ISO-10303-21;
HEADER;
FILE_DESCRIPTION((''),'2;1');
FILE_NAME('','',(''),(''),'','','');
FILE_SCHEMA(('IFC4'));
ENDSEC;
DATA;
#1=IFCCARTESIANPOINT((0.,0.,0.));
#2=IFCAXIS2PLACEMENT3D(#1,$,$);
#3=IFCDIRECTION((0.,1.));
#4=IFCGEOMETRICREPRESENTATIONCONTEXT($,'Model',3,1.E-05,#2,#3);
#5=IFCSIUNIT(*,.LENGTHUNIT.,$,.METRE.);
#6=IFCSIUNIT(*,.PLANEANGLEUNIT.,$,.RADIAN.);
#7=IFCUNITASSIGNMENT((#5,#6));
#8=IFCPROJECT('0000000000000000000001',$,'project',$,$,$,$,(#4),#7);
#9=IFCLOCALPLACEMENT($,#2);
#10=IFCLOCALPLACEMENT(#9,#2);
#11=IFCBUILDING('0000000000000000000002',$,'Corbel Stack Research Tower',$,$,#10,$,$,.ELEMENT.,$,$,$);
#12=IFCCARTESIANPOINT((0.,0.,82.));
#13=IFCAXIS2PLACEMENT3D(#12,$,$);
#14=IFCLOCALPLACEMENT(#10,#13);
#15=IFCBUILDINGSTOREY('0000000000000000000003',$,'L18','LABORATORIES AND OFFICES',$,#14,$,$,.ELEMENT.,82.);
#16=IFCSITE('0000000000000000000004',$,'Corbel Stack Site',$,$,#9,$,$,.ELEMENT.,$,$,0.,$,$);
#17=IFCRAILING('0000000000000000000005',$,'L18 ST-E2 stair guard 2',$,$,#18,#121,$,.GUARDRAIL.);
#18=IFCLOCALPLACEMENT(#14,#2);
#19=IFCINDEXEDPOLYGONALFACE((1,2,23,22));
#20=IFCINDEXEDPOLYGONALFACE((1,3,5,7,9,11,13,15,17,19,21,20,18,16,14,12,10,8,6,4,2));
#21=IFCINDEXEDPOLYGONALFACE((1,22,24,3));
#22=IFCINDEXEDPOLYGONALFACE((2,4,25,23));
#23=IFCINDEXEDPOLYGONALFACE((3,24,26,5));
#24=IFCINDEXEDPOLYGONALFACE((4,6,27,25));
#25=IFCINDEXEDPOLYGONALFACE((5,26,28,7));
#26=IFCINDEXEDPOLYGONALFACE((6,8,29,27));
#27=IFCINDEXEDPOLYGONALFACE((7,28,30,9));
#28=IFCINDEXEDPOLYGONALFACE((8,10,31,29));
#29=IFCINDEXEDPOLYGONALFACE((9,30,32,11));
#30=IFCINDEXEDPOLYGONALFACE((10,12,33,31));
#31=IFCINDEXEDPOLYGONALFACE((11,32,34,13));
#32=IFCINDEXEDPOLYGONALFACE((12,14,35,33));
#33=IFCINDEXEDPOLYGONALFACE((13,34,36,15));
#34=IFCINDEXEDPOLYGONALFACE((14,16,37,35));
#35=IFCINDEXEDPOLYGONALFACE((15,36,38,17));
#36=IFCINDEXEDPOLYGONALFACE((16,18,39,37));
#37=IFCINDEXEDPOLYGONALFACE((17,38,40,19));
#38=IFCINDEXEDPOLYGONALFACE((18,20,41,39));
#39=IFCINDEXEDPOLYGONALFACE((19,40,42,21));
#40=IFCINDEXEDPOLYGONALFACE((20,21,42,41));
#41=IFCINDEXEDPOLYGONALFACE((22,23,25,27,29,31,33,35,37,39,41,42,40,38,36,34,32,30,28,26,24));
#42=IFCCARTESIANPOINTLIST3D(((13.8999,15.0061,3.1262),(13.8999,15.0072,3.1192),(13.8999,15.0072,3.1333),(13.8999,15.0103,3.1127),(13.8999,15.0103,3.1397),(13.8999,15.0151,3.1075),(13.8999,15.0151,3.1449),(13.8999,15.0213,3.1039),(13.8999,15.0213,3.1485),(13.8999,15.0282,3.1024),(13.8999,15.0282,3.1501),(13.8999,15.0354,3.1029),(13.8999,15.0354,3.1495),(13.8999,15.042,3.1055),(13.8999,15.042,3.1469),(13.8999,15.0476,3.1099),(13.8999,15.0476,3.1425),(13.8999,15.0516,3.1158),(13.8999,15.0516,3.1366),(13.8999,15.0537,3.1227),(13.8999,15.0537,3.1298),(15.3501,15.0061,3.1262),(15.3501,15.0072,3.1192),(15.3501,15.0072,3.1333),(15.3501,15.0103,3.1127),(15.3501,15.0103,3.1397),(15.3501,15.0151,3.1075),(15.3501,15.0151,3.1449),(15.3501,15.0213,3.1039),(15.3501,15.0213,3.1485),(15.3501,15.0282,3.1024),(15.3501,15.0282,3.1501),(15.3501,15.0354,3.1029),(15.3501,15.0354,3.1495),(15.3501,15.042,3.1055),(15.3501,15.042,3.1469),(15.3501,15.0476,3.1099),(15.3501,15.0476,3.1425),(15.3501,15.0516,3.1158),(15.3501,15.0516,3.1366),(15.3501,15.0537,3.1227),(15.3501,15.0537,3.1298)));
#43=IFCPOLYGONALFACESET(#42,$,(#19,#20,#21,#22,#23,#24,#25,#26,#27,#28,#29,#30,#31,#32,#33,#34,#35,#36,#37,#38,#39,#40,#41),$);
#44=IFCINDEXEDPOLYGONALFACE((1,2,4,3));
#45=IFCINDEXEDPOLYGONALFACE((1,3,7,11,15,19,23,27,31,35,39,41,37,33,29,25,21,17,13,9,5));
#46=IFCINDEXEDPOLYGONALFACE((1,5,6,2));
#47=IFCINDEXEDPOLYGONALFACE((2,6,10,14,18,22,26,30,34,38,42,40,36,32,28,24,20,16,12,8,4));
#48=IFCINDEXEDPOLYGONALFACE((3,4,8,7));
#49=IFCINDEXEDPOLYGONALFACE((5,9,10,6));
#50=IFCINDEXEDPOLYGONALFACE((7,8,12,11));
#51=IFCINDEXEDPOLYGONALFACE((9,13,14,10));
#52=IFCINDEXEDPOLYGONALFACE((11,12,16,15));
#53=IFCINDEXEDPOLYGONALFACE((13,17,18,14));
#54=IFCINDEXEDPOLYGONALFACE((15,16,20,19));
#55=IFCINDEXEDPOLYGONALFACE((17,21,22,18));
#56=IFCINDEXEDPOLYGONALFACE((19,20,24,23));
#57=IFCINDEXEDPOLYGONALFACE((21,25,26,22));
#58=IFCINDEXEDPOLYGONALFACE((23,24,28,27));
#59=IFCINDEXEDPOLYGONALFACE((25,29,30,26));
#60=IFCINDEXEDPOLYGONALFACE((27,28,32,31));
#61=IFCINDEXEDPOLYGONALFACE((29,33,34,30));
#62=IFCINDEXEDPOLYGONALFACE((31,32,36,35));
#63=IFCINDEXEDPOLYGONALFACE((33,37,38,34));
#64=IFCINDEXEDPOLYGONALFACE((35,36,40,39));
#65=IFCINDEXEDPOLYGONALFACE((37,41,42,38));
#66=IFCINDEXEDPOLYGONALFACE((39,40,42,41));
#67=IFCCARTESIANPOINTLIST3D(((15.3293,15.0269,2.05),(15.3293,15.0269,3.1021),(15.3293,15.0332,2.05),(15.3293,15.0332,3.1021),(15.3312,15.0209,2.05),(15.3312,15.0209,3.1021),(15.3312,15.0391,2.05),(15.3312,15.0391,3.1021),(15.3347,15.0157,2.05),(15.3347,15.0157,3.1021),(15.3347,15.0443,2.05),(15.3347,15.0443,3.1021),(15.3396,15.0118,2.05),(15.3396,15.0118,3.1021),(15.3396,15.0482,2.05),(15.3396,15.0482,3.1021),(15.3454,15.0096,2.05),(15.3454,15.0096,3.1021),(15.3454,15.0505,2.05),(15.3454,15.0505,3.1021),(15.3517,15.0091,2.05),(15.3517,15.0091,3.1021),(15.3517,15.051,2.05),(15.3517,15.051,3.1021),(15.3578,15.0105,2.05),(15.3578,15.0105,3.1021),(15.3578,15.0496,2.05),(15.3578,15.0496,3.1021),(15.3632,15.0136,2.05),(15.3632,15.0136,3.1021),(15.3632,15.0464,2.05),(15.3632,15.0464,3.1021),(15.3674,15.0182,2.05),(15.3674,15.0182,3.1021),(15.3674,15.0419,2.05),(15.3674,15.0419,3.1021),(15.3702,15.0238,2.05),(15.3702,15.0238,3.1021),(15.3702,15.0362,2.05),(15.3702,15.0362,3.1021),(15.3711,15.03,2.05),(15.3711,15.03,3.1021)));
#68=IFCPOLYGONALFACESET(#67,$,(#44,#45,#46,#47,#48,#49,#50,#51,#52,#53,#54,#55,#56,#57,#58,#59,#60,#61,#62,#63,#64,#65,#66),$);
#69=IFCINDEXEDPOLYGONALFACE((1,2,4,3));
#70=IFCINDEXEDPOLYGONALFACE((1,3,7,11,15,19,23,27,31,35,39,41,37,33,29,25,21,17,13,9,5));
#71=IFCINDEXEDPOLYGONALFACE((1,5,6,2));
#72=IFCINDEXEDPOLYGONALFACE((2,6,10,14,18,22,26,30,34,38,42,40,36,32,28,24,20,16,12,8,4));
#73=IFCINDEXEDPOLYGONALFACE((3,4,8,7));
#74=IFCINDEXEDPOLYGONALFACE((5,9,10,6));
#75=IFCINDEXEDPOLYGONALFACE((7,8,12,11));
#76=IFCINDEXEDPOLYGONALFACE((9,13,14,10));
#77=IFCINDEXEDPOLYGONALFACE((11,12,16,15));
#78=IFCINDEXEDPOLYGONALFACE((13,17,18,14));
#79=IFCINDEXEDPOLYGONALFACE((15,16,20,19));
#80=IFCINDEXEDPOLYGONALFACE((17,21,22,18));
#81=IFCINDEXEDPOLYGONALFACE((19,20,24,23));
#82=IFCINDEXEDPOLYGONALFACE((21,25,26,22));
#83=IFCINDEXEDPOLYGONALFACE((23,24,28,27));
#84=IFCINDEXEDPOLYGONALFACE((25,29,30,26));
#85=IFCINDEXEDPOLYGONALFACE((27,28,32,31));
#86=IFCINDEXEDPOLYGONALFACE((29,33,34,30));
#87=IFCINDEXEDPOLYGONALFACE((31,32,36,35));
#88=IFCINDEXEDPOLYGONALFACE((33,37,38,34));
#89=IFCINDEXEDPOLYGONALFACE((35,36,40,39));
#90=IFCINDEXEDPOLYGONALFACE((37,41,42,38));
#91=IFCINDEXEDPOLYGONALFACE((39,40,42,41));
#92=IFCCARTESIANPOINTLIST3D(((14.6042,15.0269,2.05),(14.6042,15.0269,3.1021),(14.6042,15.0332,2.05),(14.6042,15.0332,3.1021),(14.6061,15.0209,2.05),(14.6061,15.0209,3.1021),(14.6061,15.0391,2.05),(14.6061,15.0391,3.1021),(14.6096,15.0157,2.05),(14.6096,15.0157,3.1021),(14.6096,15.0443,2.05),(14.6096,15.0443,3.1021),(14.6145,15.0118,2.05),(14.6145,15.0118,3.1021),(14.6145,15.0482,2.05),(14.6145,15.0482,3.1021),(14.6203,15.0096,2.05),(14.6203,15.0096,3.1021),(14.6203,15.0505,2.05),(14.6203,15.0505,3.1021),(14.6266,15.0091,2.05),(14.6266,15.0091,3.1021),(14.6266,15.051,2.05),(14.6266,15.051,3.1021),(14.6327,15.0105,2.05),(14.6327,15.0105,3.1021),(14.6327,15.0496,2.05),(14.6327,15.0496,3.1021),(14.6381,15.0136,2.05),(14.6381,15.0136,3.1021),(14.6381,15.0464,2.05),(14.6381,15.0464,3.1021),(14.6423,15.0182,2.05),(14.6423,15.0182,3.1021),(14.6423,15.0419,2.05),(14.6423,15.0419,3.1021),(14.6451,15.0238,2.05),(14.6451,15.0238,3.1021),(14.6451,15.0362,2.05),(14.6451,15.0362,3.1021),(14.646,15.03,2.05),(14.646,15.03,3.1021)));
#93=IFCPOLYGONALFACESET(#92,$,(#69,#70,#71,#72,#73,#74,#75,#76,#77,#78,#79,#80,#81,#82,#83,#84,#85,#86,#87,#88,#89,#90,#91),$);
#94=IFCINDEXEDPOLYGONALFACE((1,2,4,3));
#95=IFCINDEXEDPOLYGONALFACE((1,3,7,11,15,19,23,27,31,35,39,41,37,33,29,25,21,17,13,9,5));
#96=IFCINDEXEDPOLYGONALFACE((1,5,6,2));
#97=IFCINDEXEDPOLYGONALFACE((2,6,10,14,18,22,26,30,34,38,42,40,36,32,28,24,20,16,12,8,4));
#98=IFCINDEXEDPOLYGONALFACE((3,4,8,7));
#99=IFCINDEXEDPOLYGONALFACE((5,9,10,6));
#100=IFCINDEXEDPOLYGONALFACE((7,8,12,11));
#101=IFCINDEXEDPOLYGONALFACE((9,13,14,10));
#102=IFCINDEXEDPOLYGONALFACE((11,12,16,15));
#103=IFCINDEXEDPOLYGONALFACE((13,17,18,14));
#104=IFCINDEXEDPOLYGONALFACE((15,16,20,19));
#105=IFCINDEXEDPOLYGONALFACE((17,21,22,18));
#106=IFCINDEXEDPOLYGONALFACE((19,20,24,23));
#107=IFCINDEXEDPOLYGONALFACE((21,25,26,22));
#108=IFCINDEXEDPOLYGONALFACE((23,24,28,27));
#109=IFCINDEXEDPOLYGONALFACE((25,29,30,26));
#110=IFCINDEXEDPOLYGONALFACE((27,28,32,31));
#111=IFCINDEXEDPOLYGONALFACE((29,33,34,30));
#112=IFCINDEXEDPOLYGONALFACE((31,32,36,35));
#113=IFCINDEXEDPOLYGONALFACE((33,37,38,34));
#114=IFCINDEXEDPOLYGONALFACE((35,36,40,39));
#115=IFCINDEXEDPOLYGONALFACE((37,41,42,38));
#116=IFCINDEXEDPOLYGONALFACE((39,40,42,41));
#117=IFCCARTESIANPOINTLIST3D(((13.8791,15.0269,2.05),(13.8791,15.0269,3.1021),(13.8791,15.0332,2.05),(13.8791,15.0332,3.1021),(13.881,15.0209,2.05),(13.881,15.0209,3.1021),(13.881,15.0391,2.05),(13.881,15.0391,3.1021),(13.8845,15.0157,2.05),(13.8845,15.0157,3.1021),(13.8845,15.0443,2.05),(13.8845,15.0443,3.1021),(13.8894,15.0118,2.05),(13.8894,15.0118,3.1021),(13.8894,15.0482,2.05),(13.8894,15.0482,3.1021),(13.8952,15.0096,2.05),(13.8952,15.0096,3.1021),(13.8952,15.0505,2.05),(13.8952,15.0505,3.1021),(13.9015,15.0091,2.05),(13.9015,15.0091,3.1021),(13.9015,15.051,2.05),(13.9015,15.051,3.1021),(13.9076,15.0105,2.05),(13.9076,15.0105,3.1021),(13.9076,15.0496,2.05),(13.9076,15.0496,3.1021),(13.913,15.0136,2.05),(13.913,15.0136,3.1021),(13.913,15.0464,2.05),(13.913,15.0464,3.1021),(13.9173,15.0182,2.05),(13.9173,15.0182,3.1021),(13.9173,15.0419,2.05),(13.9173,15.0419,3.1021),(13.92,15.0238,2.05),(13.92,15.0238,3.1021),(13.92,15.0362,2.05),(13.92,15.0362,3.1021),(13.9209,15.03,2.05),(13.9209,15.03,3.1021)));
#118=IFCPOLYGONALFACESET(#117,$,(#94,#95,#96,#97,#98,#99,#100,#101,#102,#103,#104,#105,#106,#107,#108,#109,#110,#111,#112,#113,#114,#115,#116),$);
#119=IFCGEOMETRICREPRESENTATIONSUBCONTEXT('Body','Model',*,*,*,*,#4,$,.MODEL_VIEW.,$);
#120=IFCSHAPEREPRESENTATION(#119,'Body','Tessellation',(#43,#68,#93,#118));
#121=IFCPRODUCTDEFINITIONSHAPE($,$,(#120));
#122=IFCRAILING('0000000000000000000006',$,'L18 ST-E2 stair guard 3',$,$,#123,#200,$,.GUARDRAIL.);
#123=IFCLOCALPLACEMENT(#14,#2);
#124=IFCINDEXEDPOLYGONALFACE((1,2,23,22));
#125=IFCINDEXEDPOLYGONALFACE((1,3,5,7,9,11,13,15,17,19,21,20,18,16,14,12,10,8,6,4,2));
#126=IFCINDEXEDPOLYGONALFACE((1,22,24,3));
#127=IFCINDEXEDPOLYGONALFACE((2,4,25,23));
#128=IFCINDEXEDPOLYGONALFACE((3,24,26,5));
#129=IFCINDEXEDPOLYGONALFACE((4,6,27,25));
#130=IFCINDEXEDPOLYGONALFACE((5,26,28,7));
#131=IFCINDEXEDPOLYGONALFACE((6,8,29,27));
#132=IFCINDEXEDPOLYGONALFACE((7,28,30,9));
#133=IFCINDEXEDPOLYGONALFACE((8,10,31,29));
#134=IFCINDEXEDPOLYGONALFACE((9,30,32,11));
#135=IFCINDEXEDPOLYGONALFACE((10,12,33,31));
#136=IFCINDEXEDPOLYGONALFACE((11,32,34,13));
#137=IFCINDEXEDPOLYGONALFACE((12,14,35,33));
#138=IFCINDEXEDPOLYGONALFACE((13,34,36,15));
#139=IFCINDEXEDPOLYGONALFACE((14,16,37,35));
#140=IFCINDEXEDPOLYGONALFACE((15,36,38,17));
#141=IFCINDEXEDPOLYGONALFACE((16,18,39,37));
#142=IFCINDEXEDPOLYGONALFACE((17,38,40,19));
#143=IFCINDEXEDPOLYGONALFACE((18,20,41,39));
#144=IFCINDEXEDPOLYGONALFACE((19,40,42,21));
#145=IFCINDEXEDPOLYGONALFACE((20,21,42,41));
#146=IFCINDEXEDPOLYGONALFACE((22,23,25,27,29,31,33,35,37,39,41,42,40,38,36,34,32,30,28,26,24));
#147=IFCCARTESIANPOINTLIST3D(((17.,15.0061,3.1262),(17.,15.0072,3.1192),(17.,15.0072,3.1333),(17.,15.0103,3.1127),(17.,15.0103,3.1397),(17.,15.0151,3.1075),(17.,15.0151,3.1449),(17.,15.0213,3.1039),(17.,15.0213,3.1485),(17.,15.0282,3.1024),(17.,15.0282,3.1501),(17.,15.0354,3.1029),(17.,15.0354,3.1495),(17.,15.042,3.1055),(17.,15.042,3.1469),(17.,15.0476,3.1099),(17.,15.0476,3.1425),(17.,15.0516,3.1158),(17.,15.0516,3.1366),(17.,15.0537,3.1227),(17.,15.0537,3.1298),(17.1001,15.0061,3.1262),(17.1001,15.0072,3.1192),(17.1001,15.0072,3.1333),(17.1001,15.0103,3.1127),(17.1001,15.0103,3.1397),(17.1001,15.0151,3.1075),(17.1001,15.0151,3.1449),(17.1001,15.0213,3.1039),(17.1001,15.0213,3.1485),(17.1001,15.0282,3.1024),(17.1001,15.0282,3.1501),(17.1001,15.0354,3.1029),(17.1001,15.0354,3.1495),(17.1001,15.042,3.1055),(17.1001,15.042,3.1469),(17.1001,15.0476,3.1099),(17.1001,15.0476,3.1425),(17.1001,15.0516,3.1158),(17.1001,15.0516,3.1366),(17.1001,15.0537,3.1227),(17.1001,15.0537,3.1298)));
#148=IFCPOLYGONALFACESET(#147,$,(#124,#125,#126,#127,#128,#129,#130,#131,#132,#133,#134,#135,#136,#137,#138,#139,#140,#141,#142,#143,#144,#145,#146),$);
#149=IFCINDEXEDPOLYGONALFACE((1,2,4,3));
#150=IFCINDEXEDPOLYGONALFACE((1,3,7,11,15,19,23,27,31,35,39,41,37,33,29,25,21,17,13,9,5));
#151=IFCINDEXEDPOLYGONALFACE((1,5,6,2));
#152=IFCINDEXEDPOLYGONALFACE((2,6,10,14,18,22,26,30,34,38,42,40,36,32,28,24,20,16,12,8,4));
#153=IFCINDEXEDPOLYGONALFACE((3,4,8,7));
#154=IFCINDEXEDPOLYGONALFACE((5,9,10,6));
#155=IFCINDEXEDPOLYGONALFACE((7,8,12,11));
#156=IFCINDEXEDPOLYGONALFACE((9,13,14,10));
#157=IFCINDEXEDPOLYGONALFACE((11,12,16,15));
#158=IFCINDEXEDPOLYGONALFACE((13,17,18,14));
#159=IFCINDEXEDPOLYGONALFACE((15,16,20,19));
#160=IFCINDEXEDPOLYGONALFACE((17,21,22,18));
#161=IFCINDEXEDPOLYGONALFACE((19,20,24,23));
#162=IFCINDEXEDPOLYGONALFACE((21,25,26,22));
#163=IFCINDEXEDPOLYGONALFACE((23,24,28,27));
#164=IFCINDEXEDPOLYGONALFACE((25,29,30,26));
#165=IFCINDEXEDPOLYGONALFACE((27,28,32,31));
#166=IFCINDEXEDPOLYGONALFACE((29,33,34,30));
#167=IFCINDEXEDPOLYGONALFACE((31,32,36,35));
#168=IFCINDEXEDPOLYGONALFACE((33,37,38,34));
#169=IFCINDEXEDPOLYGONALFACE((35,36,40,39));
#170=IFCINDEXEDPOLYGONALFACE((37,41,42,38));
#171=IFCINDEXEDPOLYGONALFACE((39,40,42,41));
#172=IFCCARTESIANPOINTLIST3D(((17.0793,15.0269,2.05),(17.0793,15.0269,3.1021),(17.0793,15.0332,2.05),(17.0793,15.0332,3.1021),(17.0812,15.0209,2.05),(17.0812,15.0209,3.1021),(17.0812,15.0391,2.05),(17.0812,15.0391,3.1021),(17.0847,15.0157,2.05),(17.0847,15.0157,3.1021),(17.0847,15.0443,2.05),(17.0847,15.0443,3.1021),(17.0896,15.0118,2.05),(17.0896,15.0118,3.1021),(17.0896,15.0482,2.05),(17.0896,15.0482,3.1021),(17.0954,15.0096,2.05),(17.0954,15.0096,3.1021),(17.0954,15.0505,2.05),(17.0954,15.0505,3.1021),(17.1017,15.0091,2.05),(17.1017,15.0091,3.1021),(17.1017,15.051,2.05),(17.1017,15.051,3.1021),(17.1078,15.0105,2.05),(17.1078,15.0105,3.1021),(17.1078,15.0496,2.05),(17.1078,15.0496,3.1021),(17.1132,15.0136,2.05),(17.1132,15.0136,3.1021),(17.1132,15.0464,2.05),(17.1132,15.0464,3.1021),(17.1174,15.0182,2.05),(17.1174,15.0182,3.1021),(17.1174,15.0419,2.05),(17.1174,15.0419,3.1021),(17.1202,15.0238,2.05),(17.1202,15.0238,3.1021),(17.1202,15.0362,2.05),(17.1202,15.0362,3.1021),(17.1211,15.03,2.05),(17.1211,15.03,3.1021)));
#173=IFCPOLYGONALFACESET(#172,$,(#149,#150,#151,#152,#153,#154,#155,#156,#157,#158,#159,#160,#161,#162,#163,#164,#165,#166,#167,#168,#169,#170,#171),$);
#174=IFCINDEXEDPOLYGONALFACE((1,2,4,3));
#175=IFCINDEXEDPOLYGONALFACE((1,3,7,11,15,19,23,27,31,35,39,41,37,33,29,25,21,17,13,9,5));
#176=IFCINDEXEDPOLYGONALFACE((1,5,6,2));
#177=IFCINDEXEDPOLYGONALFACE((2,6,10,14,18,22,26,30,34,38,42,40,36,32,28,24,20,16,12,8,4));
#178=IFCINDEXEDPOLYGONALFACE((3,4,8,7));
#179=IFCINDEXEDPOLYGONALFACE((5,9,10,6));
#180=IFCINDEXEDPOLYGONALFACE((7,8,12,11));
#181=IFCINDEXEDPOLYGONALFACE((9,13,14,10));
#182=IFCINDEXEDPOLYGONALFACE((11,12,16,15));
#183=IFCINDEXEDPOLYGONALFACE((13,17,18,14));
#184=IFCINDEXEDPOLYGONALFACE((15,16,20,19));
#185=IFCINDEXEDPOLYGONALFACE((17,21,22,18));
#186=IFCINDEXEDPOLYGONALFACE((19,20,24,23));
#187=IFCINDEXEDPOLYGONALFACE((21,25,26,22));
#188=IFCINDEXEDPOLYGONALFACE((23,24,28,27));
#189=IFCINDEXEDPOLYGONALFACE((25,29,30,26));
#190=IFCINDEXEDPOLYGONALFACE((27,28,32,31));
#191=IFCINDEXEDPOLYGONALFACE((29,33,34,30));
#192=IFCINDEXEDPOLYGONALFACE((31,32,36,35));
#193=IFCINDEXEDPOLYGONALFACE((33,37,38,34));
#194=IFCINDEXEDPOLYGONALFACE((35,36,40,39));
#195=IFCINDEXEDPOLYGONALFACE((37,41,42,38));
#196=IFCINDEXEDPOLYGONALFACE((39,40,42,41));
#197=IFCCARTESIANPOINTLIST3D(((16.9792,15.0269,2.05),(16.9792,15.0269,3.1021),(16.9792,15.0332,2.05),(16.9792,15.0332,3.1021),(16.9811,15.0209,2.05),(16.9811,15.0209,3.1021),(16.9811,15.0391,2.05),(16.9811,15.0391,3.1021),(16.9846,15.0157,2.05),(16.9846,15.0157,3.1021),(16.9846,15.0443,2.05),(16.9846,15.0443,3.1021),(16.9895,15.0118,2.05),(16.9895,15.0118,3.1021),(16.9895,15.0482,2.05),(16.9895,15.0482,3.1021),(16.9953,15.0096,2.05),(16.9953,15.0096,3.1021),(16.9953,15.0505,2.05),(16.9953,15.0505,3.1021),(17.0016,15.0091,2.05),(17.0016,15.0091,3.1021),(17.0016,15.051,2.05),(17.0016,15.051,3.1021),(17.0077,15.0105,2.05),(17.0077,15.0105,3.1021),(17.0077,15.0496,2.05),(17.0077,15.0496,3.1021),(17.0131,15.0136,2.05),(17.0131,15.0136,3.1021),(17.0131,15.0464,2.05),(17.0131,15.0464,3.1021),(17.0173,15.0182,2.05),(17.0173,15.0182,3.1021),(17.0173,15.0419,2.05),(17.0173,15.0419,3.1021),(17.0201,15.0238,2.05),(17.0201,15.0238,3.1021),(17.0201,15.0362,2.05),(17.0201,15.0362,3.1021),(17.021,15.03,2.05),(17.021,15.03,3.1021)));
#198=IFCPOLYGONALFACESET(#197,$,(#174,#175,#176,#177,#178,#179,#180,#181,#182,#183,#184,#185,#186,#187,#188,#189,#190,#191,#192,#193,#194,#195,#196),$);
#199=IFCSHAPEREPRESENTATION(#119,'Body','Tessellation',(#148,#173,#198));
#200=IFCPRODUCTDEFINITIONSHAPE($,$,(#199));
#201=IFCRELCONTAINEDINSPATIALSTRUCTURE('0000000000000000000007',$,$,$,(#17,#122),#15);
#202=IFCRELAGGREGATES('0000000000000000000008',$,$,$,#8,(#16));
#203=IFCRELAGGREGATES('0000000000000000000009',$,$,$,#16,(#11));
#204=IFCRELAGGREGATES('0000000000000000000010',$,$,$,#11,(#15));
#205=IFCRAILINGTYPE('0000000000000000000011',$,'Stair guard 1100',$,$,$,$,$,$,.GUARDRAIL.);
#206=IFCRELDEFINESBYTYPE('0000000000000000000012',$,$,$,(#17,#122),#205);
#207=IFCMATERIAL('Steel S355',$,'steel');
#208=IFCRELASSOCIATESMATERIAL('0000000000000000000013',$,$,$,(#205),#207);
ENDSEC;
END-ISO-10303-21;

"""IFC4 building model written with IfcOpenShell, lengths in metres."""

from ifc_helpers import new_model, si_unit, direction, frame, origin, origin_2d, place, context, subcontext, project, spatial, circle, extrude, material, type_object, element, save


model = new_model("IFC4")

# Units and contexts
model_context = context("Model", 3, precision=1e-05, world=origin(), true_north=direction((0.0, 1.0)))
body_context = subcontext(model_context, "Body", "Model", "MODEL_VIEW")
ifc_project = project(units=[si_unit("LENGTHUNIT", "METRE"), si_unit("PLANEANGLEUNIT", "RADIAN")], contexts=[model_context])

# Site, building, storey
site_placement = place(None, origin())
site = spatial("IfcSite", under=ifc_project, at=site_placement, Name="Corbel Stack Site", CompositionType="ELEMENT", RefElevation=0.0)
building_placement = place(site_placement, origin())
building = spatial("IfcBuilding", under=site, at=building_placement, Name="Corbel Stack Research Tower", CompositionType="ELEMENT")
storey_placement = place(building_placement, frame((0.0, 0.0, 82.0)))
storey = spatial("IfcBuildingStorey", under=building, at=storey_placement, Name="L18", Description="LABORATORIES AND OFFICES", CompositionType="ELEMENT", Elevation=82.0)

# Railings
ifc_material_1 = material(Name="Steel S355", Category="steel")
railing_type_1 = type_object("IfcRailingType", Name="Stair guard 1100", PredefinedType="GUARDRAIL", material=ifc_material_1)
railing_1_placement = place(storey_placement, frame((15.3501, 15.03, 2.05)))
element("IfcRailing", 1, at=railing_1_placement, inside=storey, type_object=railing_type_1, Name="L18 ST-E2 stair guard 2", PredefinedType="GUARDRAIL", context=body_context, shape_type="SweptSolid", body=[
    extrude(circle(Radius=0.0239, at=origin_2d()), frame((0.0, 0.0, 1.0762), z_axis=(-1.0, 0.0, 0.0), x_axis=(0.0, -1.0, 0.0)), (0.0, 0.0, 1.0), 1.4502),
    extrude(circle(Radius=0.021, at=origin_2d()), origin(), (0.0, 0.0, 1.0), 1.052),
    extrude(circle(Radius=0.021, at=origin_2d()), frame((-0.7251, 0.0, 0.0)), (0.0, 0.0, 1.0), 1.052),
    extrude(circle(Radius=0.021, at=origin_2d()), frame((-1.4502, 0.0, 0.0)), (0.0, 0.0, 1.0), 1.052),
])
railing_2_placement = place(storey_placement, frame((17.1001, 15.03, 2.05)))
element("IfcRailing", 2, at=railing_2_placement, inside=storey, type_object=railing_type_1, Name="L18 ST-E2 stair guard 3", PredefinedType="GUARDRAIL", context=body_context, shape_type="SweptSolid", body=[
    extrude(circle(Radius=0.0239, at=origin_2d()), frame((0.0, 0.0, 1.0762), z_axis=(-1.0, 0.0, 0.0), x_axis=(0.0, -1.0, 0.0)), (0.0, 0.0, 1.0), 0.1001),
    extrude(circle(Radius=0.021, at=origin_2d()), origin(), (0.0, 0.0, 1.0), 1.052),
    extrude(circle(Radius=0.021, at=origin_2d()), frame((-0.1001, 0.0, 0.0)), (0.0, 0.0, 1.0), 1.052),
])

save(model, "model.ifc")
